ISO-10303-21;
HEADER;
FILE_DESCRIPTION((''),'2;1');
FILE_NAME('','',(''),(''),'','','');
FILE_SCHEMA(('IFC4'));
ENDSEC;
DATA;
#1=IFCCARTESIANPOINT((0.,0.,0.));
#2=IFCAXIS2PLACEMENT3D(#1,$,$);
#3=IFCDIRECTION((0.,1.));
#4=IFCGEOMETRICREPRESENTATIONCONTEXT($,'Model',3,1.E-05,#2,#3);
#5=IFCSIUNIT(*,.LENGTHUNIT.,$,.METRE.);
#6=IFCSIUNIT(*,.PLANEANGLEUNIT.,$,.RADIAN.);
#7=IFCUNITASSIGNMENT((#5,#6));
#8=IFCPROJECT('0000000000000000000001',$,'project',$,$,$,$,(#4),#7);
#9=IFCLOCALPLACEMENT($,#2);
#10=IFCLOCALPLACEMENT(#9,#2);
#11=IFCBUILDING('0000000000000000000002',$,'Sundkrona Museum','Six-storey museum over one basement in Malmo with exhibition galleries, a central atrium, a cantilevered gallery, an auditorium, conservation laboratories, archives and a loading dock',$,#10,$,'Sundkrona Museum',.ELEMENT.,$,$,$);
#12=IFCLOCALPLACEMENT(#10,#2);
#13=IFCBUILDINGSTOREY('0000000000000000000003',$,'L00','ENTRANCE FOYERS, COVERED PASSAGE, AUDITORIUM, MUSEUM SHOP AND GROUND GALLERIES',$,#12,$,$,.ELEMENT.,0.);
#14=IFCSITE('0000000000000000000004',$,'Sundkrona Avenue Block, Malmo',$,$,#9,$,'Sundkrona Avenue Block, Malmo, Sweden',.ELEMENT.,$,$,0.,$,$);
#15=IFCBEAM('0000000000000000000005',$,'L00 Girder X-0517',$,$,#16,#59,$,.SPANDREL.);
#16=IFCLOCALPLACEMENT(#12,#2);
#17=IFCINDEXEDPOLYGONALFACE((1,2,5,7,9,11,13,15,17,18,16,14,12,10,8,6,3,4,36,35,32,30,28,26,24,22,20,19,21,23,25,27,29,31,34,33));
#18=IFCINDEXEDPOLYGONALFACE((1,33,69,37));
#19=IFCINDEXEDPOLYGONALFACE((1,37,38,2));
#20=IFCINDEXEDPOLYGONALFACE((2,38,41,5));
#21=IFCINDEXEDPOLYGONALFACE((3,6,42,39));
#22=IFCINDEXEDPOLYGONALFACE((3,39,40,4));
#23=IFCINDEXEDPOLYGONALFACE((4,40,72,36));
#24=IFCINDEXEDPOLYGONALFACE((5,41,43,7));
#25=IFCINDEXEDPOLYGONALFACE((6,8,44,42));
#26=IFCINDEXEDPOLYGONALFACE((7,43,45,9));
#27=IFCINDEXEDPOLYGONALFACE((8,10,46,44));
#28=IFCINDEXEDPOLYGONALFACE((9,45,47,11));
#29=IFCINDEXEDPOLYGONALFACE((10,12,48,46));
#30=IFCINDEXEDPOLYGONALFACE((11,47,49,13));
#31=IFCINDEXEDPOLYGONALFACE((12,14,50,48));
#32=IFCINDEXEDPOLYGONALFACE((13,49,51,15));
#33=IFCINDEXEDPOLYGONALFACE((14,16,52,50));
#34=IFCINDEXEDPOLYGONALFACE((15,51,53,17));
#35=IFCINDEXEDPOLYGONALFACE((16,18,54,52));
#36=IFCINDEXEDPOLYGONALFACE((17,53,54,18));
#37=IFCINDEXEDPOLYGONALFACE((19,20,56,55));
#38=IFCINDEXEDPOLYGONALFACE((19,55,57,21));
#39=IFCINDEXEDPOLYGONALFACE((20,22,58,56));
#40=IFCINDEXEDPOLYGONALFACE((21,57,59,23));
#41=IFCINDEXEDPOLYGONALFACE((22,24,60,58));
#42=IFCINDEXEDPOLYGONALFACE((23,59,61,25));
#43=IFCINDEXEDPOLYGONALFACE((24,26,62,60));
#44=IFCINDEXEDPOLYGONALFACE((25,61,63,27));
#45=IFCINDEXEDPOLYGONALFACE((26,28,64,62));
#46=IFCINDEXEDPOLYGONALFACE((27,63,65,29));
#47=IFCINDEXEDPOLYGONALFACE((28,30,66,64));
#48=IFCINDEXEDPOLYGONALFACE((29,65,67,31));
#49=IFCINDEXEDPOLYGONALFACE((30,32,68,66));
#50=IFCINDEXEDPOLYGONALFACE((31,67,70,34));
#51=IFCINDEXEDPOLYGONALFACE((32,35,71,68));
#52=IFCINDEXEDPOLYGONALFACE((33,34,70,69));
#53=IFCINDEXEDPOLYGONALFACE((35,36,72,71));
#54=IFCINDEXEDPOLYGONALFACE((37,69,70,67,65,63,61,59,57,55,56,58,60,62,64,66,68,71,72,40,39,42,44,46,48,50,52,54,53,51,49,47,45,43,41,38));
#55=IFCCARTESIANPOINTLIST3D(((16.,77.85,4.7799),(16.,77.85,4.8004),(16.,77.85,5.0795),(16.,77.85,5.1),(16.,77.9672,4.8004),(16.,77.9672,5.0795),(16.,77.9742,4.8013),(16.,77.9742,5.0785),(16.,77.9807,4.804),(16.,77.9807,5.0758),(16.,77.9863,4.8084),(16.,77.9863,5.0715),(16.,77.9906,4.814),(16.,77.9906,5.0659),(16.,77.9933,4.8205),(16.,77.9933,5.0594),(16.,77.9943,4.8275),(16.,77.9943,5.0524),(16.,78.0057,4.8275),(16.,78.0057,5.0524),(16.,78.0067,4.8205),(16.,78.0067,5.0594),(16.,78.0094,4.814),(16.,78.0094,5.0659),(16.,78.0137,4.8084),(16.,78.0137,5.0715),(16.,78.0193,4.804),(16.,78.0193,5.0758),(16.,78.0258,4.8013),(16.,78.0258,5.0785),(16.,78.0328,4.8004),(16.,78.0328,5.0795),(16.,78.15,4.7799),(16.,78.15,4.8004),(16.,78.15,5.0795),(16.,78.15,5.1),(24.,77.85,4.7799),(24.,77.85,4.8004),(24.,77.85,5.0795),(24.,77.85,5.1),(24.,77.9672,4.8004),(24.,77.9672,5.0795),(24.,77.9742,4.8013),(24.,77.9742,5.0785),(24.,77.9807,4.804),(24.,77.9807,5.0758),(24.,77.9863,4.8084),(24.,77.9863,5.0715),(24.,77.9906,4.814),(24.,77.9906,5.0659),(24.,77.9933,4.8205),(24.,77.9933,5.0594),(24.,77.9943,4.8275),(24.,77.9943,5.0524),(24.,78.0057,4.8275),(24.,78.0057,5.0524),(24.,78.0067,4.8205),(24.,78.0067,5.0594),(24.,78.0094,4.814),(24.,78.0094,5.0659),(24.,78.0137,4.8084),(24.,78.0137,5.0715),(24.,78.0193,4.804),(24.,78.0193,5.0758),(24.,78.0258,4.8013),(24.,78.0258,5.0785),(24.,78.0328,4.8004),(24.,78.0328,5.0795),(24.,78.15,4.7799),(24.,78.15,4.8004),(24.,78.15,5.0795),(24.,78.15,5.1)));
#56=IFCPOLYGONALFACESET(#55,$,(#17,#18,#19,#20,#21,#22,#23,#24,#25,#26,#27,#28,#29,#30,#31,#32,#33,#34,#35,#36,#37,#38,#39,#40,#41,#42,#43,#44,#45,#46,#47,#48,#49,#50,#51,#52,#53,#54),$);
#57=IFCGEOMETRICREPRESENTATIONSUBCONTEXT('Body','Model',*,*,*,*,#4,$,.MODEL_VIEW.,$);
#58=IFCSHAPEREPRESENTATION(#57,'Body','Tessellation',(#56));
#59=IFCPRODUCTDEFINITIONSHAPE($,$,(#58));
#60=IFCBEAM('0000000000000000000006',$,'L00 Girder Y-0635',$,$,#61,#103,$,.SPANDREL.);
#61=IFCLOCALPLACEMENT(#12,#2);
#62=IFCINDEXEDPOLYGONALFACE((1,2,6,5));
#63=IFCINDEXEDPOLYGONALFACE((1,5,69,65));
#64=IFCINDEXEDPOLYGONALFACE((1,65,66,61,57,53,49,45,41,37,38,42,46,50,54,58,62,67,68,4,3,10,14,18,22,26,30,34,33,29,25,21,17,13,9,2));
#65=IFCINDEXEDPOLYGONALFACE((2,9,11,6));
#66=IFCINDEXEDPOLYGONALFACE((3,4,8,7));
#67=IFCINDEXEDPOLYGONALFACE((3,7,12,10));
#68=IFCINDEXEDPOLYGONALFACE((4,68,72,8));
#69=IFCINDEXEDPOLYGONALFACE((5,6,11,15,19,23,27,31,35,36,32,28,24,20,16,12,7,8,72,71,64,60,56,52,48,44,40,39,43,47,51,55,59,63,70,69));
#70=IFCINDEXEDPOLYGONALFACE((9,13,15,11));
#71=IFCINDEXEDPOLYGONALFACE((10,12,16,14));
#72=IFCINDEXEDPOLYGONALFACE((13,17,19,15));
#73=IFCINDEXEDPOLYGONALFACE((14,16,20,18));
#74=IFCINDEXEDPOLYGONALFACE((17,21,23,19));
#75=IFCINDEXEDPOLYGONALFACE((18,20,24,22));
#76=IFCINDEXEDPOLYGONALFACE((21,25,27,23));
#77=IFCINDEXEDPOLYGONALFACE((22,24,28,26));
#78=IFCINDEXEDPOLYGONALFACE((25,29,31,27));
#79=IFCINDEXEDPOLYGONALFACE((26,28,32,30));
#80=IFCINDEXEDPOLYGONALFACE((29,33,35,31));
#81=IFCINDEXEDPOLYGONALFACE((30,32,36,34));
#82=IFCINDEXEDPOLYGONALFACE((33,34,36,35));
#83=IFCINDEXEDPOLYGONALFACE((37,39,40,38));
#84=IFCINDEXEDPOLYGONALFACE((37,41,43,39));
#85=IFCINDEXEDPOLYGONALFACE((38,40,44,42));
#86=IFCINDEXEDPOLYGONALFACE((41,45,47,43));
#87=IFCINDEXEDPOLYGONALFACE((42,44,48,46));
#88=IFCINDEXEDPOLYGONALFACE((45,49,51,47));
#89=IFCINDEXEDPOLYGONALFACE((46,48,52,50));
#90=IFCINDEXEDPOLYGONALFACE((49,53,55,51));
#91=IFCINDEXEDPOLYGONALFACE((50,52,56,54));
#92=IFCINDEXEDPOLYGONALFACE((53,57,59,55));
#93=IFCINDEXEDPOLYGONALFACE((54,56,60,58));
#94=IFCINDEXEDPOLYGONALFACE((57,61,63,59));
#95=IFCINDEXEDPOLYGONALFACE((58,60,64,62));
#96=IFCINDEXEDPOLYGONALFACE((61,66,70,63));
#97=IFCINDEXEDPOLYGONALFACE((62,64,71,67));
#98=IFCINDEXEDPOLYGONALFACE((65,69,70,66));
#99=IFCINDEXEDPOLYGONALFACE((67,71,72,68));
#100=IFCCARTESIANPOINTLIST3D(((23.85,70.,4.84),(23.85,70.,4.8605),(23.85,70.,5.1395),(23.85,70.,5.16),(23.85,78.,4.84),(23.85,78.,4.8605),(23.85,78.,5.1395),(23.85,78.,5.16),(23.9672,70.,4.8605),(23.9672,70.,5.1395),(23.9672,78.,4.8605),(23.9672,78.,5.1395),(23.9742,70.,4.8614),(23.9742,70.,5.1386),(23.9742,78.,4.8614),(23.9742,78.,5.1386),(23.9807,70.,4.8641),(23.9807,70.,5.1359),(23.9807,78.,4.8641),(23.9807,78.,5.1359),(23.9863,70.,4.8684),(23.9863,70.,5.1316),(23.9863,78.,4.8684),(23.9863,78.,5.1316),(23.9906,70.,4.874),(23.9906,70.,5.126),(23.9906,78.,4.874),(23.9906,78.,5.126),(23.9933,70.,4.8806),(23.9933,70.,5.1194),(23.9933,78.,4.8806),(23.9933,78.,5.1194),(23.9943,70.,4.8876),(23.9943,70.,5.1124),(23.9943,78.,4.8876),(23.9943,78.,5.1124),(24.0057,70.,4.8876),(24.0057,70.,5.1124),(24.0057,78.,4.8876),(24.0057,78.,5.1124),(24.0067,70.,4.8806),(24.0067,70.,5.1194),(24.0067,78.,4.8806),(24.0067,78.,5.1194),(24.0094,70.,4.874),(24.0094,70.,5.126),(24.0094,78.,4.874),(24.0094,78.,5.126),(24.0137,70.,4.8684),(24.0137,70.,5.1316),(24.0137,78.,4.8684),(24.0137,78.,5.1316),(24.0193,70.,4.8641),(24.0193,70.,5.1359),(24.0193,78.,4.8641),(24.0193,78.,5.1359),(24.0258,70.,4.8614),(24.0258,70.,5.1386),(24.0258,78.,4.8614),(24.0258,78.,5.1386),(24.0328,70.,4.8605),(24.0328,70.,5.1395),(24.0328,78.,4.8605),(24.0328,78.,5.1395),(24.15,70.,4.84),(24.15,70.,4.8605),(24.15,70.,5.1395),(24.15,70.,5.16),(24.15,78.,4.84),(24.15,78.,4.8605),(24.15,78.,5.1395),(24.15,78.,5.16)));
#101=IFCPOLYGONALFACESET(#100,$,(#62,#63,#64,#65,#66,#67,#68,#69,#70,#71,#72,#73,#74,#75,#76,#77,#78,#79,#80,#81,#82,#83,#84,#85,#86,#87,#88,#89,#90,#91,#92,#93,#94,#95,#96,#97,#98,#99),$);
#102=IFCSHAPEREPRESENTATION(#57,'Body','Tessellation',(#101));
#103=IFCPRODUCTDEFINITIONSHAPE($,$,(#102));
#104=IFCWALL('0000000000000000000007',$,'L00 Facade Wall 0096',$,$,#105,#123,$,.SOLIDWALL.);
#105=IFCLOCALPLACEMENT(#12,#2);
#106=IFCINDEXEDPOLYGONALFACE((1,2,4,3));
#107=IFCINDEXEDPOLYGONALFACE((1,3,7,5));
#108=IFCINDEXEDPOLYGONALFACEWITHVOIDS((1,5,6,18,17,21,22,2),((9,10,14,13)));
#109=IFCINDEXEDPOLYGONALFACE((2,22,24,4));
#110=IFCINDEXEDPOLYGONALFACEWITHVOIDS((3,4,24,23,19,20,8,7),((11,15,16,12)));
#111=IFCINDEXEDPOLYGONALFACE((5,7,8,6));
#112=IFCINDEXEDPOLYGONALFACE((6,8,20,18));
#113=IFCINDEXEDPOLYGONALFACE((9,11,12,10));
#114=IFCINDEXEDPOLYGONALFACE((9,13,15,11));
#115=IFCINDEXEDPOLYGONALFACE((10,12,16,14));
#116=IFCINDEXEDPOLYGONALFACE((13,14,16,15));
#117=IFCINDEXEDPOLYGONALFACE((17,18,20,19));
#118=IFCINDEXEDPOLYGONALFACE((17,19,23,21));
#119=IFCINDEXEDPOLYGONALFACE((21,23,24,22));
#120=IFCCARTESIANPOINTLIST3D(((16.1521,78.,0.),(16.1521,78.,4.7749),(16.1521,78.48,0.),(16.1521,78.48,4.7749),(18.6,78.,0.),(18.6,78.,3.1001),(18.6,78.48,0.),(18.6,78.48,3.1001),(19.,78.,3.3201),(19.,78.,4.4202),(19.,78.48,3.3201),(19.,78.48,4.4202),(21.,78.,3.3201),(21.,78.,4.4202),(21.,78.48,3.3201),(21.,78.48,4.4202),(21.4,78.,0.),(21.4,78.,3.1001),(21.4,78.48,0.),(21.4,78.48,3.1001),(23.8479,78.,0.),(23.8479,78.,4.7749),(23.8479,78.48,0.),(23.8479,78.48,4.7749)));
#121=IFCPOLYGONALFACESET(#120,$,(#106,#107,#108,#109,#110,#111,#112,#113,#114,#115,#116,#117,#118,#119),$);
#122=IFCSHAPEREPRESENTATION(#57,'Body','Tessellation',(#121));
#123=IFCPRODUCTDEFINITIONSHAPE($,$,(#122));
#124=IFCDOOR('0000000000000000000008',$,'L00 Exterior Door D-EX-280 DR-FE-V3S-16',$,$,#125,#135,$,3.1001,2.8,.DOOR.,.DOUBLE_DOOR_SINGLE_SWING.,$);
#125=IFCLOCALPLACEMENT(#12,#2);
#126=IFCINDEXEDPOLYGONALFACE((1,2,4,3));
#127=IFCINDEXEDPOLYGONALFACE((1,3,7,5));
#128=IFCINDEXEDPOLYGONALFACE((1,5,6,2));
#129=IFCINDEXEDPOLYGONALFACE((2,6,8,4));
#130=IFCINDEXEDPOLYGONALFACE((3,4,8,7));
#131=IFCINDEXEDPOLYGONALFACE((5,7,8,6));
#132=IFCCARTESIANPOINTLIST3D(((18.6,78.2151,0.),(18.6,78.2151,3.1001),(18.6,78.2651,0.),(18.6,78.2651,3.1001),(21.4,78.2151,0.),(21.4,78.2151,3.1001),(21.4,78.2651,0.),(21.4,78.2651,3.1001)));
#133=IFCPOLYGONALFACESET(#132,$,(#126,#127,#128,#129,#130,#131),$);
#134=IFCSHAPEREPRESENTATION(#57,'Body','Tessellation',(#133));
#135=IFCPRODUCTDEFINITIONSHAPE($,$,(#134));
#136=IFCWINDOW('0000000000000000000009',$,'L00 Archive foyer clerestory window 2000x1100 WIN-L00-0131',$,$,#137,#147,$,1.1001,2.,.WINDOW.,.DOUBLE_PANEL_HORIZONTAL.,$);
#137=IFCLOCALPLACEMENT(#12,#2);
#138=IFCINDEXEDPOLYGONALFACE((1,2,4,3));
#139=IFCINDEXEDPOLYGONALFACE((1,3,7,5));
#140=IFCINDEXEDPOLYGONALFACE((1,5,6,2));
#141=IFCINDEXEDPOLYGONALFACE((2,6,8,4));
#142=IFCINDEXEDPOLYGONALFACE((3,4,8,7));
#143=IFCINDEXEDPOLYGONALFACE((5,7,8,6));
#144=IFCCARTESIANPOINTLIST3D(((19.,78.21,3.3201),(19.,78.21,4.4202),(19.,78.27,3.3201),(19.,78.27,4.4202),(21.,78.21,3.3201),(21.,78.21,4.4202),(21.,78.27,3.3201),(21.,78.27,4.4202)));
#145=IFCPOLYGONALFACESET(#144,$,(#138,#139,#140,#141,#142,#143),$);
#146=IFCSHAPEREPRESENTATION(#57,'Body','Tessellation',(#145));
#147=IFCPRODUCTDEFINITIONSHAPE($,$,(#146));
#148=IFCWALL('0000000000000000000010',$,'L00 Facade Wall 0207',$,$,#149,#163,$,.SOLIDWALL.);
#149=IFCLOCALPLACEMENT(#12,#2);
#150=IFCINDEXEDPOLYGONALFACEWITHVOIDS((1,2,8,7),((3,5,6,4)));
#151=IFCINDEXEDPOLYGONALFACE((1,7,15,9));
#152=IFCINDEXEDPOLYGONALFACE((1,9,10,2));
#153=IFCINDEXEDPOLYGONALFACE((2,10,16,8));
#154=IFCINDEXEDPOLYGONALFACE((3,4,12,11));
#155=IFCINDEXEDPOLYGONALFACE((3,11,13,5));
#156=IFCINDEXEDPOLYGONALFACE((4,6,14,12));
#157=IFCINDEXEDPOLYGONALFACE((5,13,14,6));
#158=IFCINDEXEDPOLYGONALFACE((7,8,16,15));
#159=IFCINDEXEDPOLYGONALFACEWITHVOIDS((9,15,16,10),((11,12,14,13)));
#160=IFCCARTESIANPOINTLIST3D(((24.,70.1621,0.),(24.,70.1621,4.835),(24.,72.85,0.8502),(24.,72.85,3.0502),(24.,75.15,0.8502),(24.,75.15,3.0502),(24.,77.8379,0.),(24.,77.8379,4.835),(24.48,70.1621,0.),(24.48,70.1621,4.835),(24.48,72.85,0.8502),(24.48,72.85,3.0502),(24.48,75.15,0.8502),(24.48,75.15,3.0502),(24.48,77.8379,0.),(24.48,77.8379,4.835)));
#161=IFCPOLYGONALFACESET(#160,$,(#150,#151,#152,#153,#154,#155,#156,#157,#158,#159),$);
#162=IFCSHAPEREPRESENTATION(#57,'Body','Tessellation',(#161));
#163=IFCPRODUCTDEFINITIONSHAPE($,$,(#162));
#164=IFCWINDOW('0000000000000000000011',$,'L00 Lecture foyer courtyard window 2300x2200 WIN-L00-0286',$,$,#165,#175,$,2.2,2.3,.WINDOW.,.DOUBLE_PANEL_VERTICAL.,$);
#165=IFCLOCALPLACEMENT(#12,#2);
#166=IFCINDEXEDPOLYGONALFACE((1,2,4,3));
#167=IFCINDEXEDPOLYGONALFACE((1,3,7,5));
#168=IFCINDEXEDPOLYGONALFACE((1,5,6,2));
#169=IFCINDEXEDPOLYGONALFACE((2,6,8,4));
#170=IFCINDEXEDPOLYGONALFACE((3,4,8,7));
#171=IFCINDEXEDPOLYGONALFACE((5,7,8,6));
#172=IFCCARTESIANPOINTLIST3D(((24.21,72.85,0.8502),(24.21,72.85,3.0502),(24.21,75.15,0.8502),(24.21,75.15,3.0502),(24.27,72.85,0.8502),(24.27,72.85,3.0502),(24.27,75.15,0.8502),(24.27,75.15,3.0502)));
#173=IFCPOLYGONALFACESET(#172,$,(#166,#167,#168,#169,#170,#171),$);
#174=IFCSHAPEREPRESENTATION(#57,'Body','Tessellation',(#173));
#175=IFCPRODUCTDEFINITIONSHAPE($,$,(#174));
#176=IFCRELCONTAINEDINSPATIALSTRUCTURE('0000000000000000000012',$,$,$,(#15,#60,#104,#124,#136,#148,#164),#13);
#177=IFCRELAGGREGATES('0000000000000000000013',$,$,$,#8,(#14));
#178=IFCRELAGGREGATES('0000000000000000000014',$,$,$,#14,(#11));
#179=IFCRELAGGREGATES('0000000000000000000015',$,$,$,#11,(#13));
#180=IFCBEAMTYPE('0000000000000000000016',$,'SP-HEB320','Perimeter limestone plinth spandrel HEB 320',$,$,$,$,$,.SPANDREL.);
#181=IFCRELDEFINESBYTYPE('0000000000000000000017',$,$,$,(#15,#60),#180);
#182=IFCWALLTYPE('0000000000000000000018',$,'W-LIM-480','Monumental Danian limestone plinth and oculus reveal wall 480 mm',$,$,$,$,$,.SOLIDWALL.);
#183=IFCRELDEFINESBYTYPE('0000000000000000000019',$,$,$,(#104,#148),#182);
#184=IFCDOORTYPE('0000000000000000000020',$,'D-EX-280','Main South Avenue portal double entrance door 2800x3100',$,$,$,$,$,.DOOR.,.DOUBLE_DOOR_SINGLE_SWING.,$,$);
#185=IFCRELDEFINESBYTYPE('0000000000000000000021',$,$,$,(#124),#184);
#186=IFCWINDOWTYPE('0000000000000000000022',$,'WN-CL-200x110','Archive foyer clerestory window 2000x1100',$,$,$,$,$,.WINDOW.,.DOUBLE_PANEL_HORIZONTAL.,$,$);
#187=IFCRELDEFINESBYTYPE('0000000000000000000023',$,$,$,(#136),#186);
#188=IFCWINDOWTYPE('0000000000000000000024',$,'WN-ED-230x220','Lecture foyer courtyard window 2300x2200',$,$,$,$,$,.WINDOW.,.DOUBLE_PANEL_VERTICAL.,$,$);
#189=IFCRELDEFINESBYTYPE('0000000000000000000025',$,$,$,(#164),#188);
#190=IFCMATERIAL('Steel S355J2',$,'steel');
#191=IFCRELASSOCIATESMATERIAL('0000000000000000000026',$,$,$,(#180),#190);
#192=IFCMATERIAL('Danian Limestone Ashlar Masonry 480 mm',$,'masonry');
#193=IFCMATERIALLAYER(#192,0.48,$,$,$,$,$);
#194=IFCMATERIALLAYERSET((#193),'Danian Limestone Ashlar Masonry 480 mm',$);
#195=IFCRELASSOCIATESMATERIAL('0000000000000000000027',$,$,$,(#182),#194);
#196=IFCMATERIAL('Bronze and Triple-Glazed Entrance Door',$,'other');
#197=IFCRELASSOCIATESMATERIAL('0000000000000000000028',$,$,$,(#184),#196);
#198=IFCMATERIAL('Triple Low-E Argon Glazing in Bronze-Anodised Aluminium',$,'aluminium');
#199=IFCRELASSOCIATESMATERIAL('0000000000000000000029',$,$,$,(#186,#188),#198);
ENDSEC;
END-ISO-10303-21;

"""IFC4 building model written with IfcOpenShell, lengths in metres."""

from ifc_helpers import new_model, si_unit, direction, frame, frame_2d, origin, origin_2d, place, context, subcontext, project, spatial, rectangle, i_section, extrude, material, layer, layer_set, material_profile, profile_set, type_object, element, fill, save


model = new_model("IFC4")

# Units and contexts
model_context = context("Model", 3, precision=1e-05, world=origin(), true_north=direction((0.0, 1.0)))
body_context = subcontext(model_context, "Body", "Model", "MODEL_VIEW")
ifc_project = project(units=[si_unit("LENGTHUNIT", "METRE"), si_unit("PLANEANGLEUNIT", "RADIAN")], contexts=[model_context])

# Site, building, storey
site_placement = place(None, origin())
site = spatial("IfcSite", under=ifc_project, at=site_placement, Name="Sundkrona Avenue Block, Malmo", LongName="Sundkrona Avenue Block, Malmo, Sweden", CompositionType="ELEMENT", RefElevation=0.0)
building_placement = place(site_placement, origin())
building = spatial("IfcBuilding", under=site, at=building_placement, Name="Sundkrona Museum", Description="Six-storey museum over one basement in Malmo with exhibition galleries, a central atrium, a cantilevered gallery, an auditorium, conservation laboratories, archives and a loading dock", LongName="Sundkrona Museum", CompositionType="ELEMENT")
storey_placement = place(building_placement, origin())
storey = spatial("IfcBuildingStorey", under=building, at=storey_placement, Name="L00", Description="ENTRANCE FOYERS, COVERED PASSAGE, AUDITORIUM, MUSEUM SHOP AND GROUND GALLERIES", CompositionType="ELEMENT", Elevation=0.0)

# Shared definitions
ifc_material_1 = material(Name="Steel S355J2", Category="steel")

# Beams
ifc_material_profile_1 = material_profile(ifc_material_1, i_section(OverallWidth=0.3, OverallDepth=0.3201, WebThickness=0.0115, FlangeThickness=0.0205, FilletRadius=0.0271, at=origin_2d()), Name="HEB 320")
ifc_profile_set_1 = profile_set([ifc_material_profile_1], Name="Steel S355J2")
beam_type_1 = type_object("IfcBeamType", Name="SP-HEB320", Description="Perimeter limestone plinth spandrel HEB 320", PredefinedType="SPANDREL", material=ifc_profile_set_1)
for number, where, z_axis, x_axis, name in (
    (1, (16.0, 78.0, 4.9399), (1.0, 0.0, 0.0), (0.0, 1.0, 0.0), "L00 Girder X-0517"),
    (2, (24.0, 70.0, 5.0), (0.0, 1.0, 0.0), (-1.0, 0.0, 0.0), "L00 Girder Y-0635"),
):
    element("IfcBeam", number, at=place(storey_placement, frame(where, z_axis=z_axis, x_axis=x_axis)), inside=storey, type_object=beam_type_1, Name=name, PredefinedType="SPANDREL", context=body_context, shape_type="SweptSolid", body=[
        extrude(i_section(OverallWidth=0.3, OverallDepth=0.3201, WebThickness=0.0115, FlangeThickness=0.0205, FilletRadius=0.0271, at=origin_2d()), origin(), (0.0, 0.0, 1.0), 8.0),
    ])

# Wall, openings, door, window
ifc_material_2 = material(Name="Danian Limestone Ashlar Masonry 480 mm", Category="masonry")
ifc_layer_1 = layer(ifc_material_2, 0.48)
ifc_layer_set_1 = layer_set([ifc_layer_1], Name="Danian Limestone Ashlar Masonry 480 mm")
wall_type_1 = type_object("IfcWallType", Name="W-LIM-480", Description="Monumental Danian limestone plinth and oculus reveal wall 480 mm", PredefinedType="SOLIDWALL", material=ifc_layer_set_1)
wall_1_placement = place(storey_placement, frame((23.8479, 78.24, 0.0), z_axis=(0.0, 0.0, 1.0), x_axis=(-1.0, 0.0, 0.0)))
wall_1 = element("IfcWall", 3, at=wall_1_placement, inside=storey, type_object=wall_type_1, Name="L00 Facade Wall 0096", PredefinedType="SOLIDWALL", context=body_context, shape_type="SweptSolid", body=[
    extrude(rectangle(XDim=7.6958, YDim=0.48, at=frame_2d((3.8479, 0.0))), origin(), (0.0, 0.0, 1.0), 4.7749),
])
opening_1_placement = place(wall_1_placement, frame((2.448, 0.0, 0.0)))
opening_1 = element("IfcOpeningElement", 4, at=opening_1_placement, cuts=wall_1, PredefinedType="OPENING", context=body_context, shape_type="SweptSolid", body=[
    extrude(rectangle(XDim=2.8, YDim=3.1001, at=frame_2d((1.3999, 1.55))), frame((0.0, 0.25, 0.0), z_axis=(0.0, -1.0, 0.0), x_axis=(1.0, 0.0, 0.0)), (0.0, 0.0, 1.0), 0.5),
])
opening_2_placement = place(wall_1_placement, frame((2.8479, 0.0, 3.3201)))
opening_2 = element("IfcOpeningElement", 5, at=opening_2_placement, cuts=wall_1, PredefinedType="OPENING", context=body_context, shape_type="SweptSolid", body=[
    extrude(rectangle(XDim=2.0, YDim=1.1001, at=frame_2d((1.0, 0.55))), frame((0.0, 0.25, 0.0), z_axis=(0.0, -1.0, 0.0), x_axis=(1.0, 0.0, 0.0)), (0.0, 0.0, 1.0), 0.5),
])
ifc_material_3 = material(Name="Bronze and Triple-Glazed Entrance Door", Category="other")
door_type_1 = type_object("IfcDoorType", Name="D-EX-280", Description="Main South Avenue portal double entrance door 2800x3100", OperationType="DOUBLE_DOOR_SINGLE_SWING", PredefinedType="DOOR", material=ifc_material_3)
door_1_placement = place(opening_1_placement, origin())
door_1 = element("IfcDoor", 6, at=door_1_placement, inside=storey, type_object=door_type_1, Name="L00 Exterior Door D-EX-280 DR-FE-V3S-16", OperationType="DOUBLE_DOOR_SINGLE_SWING", OverallHeight=3.1001, OverallWidth=2.8, PredefinedType="DOOR", context=body_context, shape_type="SweptSolid", body=[
    extrude(rectangle(XDim=2.8, YDim=3.1001, at=frame_2d((1.3999, 1.55))), frame((0.0, 0.0249, 0.0), z_axis=(0.0, -1.0, 0.0), x_axis=(1.0, 0.0, 0.0)), (0.0, 0.0, 1.0), 0.05),
])
fill(opening_1, door_1)
ifc_material_4 = material(Name="Triple Low-E Argon Glazing in Bronze-Anodised Aluminium", Category="aluminium")
window_type_1 = type_object("IfcWindowType", Name="WN-CL-200x110", Description="Archive foyer clerestory window 2000x1100", PartitioningType="DOUBLE_PANEL_HORIZONTAL", PredefinedType="WINDOW", material=ifc_material_4)
window_1_placement = place(opening_2_placement, origin())
window_1 = element("IfcWindow", 7, at=window_1_placement, inside=storey, type_object=window_type_1, Name="L00 Archive foyer clerestory window 2000x1100 WIN-L00-0131", OverallHeight=1.1001, OverallWidth=2.0, PartitioningType="DOUBLE_PANEL_HORIZONTAL", PredefinedType="WINDOW", context=body_context, shape_type="SweptSolid", body=[
    extrude(rectangle(XDim=2.0, YDim=1.1001, at=frame_2d((1.0, 0.55))), frame((0.0, 0.03, 0.0), z_axis=(0.0, -1.0, 0.0), x_axis=(1.0, 0.0, 0.0)), (0.0, 0.0, 1.0), 0.0601),
])
fill(opening_2, window_1)

# Wall, opening, window
wall_2_placement = place(storey_placement, frame((24.24, 70.1621, 0.0), z_axis=(0.0, 0.0, 1.0), x_axis=(0.0, 1.0, 0.0)))
wall_2 = element("IfcWall", 8, at=wall_2_placement, inside=storey, type_object=wall_type_1, Name="L00 Facade Wall 0207", PredefinedType="SOLIDWALL", context=body_context, shape_type="SweptSolid", body=[
    extrude(rectangle(XDim=7.6758, YDim=0.48, at=frame_2d((3.8379, 0.0))), origin(), (0.0, 0.0, 1.0), 4.835),
])
opening_3_placement = place(wall_2_placement, frame((2.688, 0.0, 0.8501)))
opening_3 = element("IfcOpeningElement", 9, at=opening_3_placement, cuts=wall_2, PredefinedType="OPENING", context=body_context, shape_type="SweptSolid", body=[
    extrude(rectangle(XDim=2.3, YDim=2.2, at=frame_2d((1.1499, 1.1001))), frame((0.0, 0.25, 0.0), z_axis=(0.0, -1.0, 0.0), x_axis=(1.0, 0.0, 0.0)), (0.0, 0.0, 1.0), 0.5),
])
window_type_2 = type_object("IfcWindowType", Name="WN-ED-230x220", Description="Lecture foyer courtyard window 2300x2200", PartitioningType="DOUBLE_PANEL_VERTICAL", PredefinedType="WINDOW", material=ifc_material_4)
window_2_placement = place(opening_3_placement, origin())
window_2 = element("IfcWindow", 10, at=window_2_placement, inside=storey, type_object=window_type_2, Name="L00 Lecture foyer courtyard window 2300x2200 WIN-L00-0286", OverallHeight=2.2, OverallWidth=2.3, PartitioningType="DOUBLE_PANEL_VERTICAL", PredefinedType="WINDOW", context=body_context, shape_type="SweptSolid", body=[
    extrude(rectangle(XDim=2.3, YDim=2.2, at=frame_2d((1.1499, 1.1001))), frame((0.0, 0.03, 0.0), z_axis=(0.0, -1.0, 0.0), x_axis=(1.0, 0.0, 0.0)), (0.0, 0.0, 1.0), 0.0601),
])
fill(opening_3, window_2)

save(model, "model.ifc")
